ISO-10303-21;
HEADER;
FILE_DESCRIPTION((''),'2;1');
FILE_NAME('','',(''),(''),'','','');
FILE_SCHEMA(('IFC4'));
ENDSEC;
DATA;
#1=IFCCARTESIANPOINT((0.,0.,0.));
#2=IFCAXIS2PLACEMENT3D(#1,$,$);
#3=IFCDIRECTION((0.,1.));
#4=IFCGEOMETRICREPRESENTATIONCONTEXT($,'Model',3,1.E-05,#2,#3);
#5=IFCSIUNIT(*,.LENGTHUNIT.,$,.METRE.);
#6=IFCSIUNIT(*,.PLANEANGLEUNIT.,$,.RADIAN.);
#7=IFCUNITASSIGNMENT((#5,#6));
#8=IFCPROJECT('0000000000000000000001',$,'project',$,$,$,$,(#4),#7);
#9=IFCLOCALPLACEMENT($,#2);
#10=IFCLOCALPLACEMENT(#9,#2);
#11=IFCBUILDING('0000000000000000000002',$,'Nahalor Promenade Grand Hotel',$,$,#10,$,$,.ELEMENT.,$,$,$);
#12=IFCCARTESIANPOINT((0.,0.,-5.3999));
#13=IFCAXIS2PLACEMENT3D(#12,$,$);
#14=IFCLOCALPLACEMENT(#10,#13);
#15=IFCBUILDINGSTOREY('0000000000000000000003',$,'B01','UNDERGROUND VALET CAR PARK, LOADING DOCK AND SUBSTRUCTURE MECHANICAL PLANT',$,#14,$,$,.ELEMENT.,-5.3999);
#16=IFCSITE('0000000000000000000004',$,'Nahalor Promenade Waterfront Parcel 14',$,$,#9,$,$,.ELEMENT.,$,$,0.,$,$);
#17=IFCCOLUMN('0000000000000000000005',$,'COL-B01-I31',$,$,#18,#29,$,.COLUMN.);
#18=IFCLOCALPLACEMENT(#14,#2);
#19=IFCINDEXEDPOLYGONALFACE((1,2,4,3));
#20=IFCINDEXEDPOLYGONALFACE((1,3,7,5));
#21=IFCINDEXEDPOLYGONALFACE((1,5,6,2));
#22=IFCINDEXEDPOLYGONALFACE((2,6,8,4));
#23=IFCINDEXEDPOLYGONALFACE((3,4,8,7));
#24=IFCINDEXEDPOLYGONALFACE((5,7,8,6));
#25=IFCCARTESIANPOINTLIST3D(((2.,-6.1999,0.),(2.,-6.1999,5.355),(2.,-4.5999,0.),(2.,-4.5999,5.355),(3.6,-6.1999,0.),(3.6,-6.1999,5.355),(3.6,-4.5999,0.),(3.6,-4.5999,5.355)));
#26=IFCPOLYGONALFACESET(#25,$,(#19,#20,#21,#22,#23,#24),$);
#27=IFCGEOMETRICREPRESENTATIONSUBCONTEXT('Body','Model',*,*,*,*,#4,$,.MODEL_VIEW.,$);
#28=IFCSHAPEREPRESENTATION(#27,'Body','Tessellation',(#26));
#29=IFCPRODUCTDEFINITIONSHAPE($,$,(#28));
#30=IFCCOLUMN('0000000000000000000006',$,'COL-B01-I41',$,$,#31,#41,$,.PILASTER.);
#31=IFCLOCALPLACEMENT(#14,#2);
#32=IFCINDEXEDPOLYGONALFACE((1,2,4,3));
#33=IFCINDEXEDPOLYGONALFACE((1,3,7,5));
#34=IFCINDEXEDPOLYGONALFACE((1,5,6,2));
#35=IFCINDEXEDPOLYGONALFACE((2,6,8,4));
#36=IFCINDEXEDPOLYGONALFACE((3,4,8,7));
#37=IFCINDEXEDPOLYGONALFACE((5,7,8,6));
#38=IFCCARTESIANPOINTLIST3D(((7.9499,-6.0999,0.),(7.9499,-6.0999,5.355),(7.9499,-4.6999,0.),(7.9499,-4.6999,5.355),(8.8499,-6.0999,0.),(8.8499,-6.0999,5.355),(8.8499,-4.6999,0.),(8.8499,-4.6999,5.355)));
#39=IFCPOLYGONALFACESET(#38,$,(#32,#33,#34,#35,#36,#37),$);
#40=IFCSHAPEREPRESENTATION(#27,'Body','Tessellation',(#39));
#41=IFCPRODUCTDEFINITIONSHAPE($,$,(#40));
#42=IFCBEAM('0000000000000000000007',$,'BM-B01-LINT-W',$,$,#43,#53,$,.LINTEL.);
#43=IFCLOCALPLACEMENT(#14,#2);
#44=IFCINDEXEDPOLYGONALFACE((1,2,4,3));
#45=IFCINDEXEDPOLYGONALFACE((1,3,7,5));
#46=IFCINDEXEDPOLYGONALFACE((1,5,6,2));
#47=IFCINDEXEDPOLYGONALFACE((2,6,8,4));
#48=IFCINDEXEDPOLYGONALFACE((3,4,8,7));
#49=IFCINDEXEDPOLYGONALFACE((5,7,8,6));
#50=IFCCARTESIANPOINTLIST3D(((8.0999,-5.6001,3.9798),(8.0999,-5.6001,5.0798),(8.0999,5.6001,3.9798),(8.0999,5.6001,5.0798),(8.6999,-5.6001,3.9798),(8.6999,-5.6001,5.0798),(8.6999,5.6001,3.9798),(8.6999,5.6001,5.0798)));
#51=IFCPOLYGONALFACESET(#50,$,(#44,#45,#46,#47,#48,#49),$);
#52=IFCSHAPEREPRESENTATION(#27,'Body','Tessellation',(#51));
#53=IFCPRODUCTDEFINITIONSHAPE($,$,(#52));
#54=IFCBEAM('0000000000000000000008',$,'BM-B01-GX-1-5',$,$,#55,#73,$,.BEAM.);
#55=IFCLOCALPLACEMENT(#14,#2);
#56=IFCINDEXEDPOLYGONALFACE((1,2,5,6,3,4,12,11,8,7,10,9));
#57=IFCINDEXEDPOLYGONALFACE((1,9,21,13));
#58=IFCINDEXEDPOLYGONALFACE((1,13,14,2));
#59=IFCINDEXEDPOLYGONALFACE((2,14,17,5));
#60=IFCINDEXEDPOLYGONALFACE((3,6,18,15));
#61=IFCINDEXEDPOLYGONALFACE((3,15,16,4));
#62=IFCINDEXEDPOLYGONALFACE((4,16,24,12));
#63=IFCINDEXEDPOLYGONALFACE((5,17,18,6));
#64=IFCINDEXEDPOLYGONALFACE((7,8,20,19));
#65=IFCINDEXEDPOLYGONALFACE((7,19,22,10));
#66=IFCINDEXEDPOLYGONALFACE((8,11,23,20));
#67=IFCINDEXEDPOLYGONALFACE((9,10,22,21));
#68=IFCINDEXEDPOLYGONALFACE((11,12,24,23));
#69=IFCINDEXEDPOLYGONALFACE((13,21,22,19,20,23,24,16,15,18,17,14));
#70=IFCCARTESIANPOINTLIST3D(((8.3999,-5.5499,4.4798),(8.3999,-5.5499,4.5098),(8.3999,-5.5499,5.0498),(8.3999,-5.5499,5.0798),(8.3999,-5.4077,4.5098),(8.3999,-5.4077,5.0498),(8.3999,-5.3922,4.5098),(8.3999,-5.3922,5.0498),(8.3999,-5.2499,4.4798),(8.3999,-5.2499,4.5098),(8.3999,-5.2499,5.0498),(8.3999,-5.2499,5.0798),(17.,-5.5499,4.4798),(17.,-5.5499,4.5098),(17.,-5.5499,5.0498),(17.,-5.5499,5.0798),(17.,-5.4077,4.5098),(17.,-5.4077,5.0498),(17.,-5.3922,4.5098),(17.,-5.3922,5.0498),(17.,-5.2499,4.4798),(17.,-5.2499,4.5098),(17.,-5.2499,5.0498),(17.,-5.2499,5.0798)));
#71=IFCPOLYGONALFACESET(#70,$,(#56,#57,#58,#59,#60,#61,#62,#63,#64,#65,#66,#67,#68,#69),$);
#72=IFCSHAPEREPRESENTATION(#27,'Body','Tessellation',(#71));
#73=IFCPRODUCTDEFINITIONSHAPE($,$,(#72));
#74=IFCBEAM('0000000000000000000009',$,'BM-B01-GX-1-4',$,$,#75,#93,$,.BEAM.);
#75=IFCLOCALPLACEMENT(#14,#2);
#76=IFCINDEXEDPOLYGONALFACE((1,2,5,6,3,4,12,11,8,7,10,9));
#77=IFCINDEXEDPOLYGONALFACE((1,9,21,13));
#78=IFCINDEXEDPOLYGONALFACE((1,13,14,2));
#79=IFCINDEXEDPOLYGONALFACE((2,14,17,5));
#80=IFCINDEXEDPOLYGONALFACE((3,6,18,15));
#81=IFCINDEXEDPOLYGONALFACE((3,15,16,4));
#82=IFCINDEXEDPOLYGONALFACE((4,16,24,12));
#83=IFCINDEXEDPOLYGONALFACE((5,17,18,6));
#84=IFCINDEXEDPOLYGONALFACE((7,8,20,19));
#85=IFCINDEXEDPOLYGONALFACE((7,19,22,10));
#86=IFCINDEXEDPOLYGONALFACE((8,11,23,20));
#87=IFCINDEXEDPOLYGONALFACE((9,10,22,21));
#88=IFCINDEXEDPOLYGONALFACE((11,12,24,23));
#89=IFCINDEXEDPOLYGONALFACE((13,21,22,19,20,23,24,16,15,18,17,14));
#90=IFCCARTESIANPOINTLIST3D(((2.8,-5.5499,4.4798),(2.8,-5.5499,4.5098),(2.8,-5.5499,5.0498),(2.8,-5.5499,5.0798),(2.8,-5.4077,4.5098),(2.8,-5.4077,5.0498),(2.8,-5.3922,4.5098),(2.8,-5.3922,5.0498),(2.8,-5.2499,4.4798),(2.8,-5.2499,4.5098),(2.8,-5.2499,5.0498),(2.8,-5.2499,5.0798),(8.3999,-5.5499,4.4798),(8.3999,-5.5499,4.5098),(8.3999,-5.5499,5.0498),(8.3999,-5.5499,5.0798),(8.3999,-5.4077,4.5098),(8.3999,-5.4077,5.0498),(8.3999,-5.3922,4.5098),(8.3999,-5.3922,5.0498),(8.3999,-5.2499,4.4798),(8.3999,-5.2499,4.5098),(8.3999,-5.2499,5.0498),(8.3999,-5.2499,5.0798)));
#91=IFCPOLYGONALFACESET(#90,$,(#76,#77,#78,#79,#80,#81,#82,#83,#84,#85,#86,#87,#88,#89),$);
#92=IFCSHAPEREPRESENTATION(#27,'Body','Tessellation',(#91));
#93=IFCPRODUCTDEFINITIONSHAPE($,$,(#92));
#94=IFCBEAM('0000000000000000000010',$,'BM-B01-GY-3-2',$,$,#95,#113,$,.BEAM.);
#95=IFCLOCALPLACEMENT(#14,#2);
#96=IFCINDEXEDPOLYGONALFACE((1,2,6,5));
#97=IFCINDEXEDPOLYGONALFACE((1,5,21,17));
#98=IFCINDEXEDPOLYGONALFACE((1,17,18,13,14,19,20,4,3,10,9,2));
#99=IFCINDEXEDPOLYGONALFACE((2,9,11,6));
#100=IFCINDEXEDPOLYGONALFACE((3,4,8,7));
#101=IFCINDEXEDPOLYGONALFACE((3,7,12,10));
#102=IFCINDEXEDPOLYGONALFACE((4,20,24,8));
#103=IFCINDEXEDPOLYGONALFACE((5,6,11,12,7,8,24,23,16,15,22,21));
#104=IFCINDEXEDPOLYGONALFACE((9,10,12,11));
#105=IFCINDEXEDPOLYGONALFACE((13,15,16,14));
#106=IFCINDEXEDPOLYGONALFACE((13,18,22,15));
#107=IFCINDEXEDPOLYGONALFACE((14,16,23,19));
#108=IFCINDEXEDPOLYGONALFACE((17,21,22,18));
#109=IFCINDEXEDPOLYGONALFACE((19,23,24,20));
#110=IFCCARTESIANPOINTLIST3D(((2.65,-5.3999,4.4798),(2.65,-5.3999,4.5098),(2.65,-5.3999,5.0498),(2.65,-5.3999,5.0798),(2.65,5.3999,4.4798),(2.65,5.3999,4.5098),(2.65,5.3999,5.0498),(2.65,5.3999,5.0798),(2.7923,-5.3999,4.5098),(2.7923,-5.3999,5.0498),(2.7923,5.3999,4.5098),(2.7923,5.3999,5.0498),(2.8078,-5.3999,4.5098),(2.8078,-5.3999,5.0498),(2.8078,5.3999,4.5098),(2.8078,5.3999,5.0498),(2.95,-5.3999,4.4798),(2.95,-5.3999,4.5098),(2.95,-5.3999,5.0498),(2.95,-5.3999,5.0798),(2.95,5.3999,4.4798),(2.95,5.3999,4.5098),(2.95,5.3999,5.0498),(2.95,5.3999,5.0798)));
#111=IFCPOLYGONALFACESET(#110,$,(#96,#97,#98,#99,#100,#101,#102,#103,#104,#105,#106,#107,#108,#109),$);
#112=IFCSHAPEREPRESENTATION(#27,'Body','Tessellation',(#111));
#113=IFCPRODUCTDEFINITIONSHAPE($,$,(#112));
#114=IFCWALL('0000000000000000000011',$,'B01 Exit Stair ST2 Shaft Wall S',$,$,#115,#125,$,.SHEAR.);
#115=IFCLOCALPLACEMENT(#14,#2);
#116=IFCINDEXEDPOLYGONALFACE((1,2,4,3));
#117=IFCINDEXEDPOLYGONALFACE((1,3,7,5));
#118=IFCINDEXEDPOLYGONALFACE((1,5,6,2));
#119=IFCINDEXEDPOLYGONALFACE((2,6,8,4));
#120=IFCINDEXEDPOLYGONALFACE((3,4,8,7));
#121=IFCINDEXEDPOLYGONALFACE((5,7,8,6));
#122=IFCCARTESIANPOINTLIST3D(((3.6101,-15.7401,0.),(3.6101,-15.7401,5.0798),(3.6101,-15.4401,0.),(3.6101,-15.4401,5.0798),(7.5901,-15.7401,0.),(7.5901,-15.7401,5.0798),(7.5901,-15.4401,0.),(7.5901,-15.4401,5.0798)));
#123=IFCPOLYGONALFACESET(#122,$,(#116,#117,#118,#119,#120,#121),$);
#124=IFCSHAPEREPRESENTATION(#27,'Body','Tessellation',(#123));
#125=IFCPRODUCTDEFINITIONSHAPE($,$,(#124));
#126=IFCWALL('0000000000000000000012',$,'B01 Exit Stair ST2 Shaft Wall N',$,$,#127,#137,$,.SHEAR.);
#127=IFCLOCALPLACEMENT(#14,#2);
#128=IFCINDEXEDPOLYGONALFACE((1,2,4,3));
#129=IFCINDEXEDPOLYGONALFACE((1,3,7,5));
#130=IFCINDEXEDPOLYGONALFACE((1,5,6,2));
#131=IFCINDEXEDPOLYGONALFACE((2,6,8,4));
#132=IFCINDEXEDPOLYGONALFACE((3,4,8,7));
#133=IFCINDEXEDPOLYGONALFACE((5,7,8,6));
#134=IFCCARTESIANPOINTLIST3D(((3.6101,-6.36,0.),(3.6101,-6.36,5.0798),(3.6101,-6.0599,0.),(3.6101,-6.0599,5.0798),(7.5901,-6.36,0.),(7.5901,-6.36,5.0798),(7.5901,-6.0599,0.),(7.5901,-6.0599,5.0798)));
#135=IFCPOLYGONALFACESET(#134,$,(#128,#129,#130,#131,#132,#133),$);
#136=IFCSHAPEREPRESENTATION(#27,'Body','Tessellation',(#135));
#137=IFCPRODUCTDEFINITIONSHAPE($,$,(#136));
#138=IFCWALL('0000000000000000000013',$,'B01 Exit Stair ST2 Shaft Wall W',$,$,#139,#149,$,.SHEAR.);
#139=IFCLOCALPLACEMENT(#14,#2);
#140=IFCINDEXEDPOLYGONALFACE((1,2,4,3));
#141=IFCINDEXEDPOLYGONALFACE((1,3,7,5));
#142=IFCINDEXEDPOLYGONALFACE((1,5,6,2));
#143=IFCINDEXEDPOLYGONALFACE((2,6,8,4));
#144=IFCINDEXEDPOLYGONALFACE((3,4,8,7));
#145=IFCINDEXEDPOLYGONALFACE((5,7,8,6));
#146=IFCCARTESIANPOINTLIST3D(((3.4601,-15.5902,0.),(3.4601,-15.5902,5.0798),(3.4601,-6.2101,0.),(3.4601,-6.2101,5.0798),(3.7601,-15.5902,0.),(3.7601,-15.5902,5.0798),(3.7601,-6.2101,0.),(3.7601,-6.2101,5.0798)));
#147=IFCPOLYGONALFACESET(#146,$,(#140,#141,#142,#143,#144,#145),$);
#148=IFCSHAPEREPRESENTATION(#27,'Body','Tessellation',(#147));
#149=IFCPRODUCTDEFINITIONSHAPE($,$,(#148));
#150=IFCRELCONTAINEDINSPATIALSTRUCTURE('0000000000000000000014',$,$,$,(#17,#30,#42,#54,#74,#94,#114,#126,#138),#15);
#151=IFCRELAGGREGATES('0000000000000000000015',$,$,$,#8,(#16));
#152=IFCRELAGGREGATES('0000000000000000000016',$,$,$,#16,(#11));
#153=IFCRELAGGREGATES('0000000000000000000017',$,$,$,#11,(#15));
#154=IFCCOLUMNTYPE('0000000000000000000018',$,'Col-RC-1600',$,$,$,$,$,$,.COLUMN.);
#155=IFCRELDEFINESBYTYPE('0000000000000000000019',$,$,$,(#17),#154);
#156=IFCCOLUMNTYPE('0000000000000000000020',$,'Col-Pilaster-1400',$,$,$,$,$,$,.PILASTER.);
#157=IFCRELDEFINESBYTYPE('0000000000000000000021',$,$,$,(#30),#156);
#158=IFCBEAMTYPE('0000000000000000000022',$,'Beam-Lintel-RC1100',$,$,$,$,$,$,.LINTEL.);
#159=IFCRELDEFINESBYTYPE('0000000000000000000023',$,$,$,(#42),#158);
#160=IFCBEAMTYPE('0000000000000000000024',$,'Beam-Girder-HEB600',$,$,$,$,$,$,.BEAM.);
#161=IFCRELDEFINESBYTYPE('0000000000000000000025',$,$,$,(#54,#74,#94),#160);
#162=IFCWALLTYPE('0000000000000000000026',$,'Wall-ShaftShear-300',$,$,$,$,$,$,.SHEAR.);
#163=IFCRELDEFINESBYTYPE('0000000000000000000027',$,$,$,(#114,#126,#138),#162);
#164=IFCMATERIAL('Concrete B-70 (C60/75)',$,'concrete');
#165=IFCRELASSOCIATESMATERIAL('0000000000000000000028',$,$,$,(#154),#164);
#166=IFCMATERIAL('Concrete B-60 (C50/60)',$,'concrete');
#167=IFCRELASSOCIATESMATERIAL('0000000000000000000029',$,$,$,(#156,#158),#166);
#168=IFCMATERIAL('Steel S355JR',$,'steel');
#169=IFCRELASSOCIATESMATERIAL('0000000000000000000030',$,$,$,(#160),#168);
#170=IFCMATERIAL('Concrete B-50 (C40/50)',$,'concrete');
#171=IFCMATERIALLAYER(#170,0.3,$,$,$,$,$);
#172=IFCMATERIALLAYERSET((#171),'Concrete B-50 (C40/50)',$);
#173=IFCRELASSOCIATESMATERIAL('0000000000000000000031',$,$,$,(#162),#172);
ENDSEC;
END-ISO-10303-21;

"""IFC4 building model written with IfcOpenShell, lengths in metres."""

from ifc_helpers import new_model, si_unit, direction, frame, frame_2d, origin, origin_2d, place, context, subcontext, project, spatial, rectangle, i_section, extrude, source, transform, mapped, material, layer, layer_set, material_profile, profile_set, type_object, element, save


model = new_model("IFC4")

# Units and contexts
model_context = context("Model", 3, precision=1e-05, world=origin(), true_north=direction((0.0, 1.0)))
body_context = subcontext(model_context, "Body", "Model", "MODEL_VIEW")
ifc_project = project(units=[si_unit("LENGTHUNIT", "METRE"), si_unit("PLANEANGLEUNIT", "RADIAN")], contexts=[model_context])

# Site, building, storey
site_placement = place(None, origin())
site = spatial("IfcSite", under=ifc_project, at=site_placement, Name="Nahalor Promenade Waterfront Parcel 14", CompositionType="ELEMENT", RefElevation=0.0)
building_placement = place(site_placement, origin())
building = spatial("IfcBuilding", under=site, at=building_placement, Name="Nahalor Promenade Grand Hotel", CompositionType="ELEMENT")
storey_placement = place(building_placement, frame((0.0, 0.0, -5.3999)))
storey = spatial("IfcBuildingStorey", under=building, at=storey_placement, Name="B01", Description="UNDERGROUND VALET CAR PARK, LOADING DOCK AND SUBSTRUCTURE MECHANICAL PLANT", CompositionType="ELEMENT", Elevation=-5.3999)

# Columns
ifc_material_1 = material(Name="Concrete B-70 (C60/75)", Category="concrete")
ifc_material_profile_1 = material_profile(ifc_material_1, rectangle(XDim=1.6, YDim=1.6, at=origin_2d()), Name="RC 1600x1600")
ifc_profile_set_1 = profile_set([ifc_material_profile_1], Name="Concrete B-70 (C60/75)")
column_type_1 = type_object("IfcColumnType", Name="Col-RC-1600", PredefinedType="COLUMN", material=ifc_profile_set_1)
shared_shape_1 = source(origin(), body_context, "Body", "SweptSolid", [
    extrude(rectangle(XDim=1.6, YDim=1.6, at=origin_2d()), origin(), (0.0, 0.0, 1.0), 5.355),
])
column_1_placement = place(storey_placement, frame((2.8, -5.3999, 0.0), z_axis=(0.0, 0.0, 1.0), x_axis=(1.0, 0.0, 0.0)))
element("IfcColumn", 1, at=column_1_placement, inside=storey, type_object=column_type_1, Name="COL-B01-I31", PredefinedType="COLUMN", context=body_context, shape_type="MappedRepresentation", body=[
    mapped(shared_shape_1, transform((0.0, 0.0, 0.0), scale=1.0)),
])
ifc_material_2 = material(Name="Concrete B-60 (C50/60)", Category="concrete")
ifc_material_profile_2 = material_profile(ifc_material_2, rectangle(XDim=0.9, YDim=1.4, at=origin_2d()), Name="RC 900x1400")
ifc_profile_set_2 = profile_set([ifc_material_profile_2], Name="Concrete B-60 (C50/60)")
column_type_2 = type_object("IfcColumnType", Name="Col-Pilaster-1400", PredefinedType="PILASTER", material=ifc_profile_set_2)
shared_shape_2 = source(origin(), body_context, "Body", "SweptSolid", [
    extrude(rectangle(XDim=0.9, YDim=1.4, at=origin_2d()), origin(), (0.0, 0.0, 1.0), 5.355),
])
column_2_placement = place(storey_placement, frame((8.3999, -5.3999, 0.0), z_axis=(0.0, 0.0, 1.0), x_axis=(1.0, 0.0, 0.0)))
element("IfcColumn", 2, at=column_2_placement, inside=storey, type_object=column_type_2, Name="COL-B01-I41", PredefinedType="PILASTER", context=body_context, shape_type="MappedRepresentation", body=[
    mapped(shared_shape_2, transform((0.0, 0.0, 0.0), scale=1.0)),
])

# Beams
ifc_material_profile_3 = material_profile(ifc_material_2, rectangle(XDim=0.6, YDim=1.1, at=origin_2d()), Name="RC 600x1100")
ifc_profile_set_3 = profile_set([ifc_material_profile_3], Name="Concrete B-60 (C50/60)")
beam_type_1 = type_object("IfcBeamType", Name="Beam-Lintel-RC1100", PredefinedType="LINTEL", material=ifc_profile_set_3)
shared_shape_3 = source(origin(), body_context, "Body", "SweptSolid", [
    extrude(rectangle(XDim=0.6, YDim=1.1, at=origin_2d()), origin(), (0.0, 0.0, 1.0), 11.2002),
])
beam_1_placement = place(storey_placement, frame((8.3999, -5.6001, 4.5298), z_axis=(0.0, 1.0, 0.0), x_axis=(-1.0, 0.0, 0.0)))
element("IfcBeam", 3, at=beam_1_placement, inside=storey, type_object=beam_type_1, Name="BM-B01-LINT-W", PredefinedType="LINTEL", context=body_context, shape_type="MappedRepresentation", body=[
    mapped(shared_shape_3, transform((0.0, 0.0, 0.0), scale=1.0)),
])
ifc_material_3 = material(Name="Steel S355JR", Category="steel")
ifc_material_profile_4 = material_profile(ifc_material_3, i_section(OverallWidth=0.3, OverallDepth=0.6, WebThickness=0.0155, FlangeThickness=0.03, at=origin_2d()), Name="HEB 600")
ifc_profile_set_4 = profile_set([ifc_material_profile_4], Name="Steel S355JR")
beam_type_2 = type_object("IfcBeamType", Name="Beam-Girder-HEB600", PredefinedType="BEAM", material=ifc_profile_set_4)
shared_shape_4 = source(origin(), body_context, "Body", "SweptSolid", [
    extrude(i_section(OverallWidth=0.3, OverallDepth=0.6, WebThickness=0.0155, FlangeThickness=0.03, at=origin_2d()), origin(), (0.0, 0.0, 1.0), 8.6001),
])
beam_2_placement = place(storey_placement, frame((8.3999, -5.3999, 4.7798), z_axis=(1.0, 0.0, 0.0), x_axis=(0.0, 1.0, 0.0)))
element("IfcBeam", 4, at=beam_2_placement, inside=storey, type_object=beam_type_2, Name="BM-B01-GX-1-5", PredefinedType="BEAM", context=body_context, shape_type="MappedRepresentation", body=[
    mapped(shared_shape_4, transform((0.0, 0.0, 0.0), scale=1.0)),
])
shared_shape_5 = source(origin(), body_context, "Body", "SweptSolid", [
    extrude(i_section(OverallWidth=0.3, OverallDepth=0.6, WebThickness=0.0155, FlangeThickness=0.03, at=origin_2d()), origin(), (0.0, 0.0, 1.0), 5.5999),
])
beam_3_placement = place(storey_placement, frame((2.8, -5.3999, 4.7798), z_axis=(1.0, 0.0, 0.0), x_axis=(0.0, 1.0, 0.0)))
element("IfcBeam", 5, at=beam_3_placement, inside=storey, type_object=beam_type_2, Name="BM-B01-GX-1-4", PredefinedType="BEAM", context=body_context, shape_type="MappedRepresentation", body=[
    mapped(shared_shape_5, transform((0.0, 0.0, 0.0), scale=1.0)),
])
shared_shape_6 = source(origin(), body_context, "Body", "SweptSolid", [
    extrude(i_section(OverallWidth=0.3, OverallDepth=0.6, WebThickness=0.0155, FlangeThickness=0.03, at=origin_2d()), origin(), (0.0, 0.0, 1.0), 10.7998),
])
beam_4_placement = place(storey_placement, frame((2.8, -5.3999, 4.7798), z_axis=(0.0, 1.0, 0.0), x_axis=(-1.0, 0.0, 0.0)))
element("IfcBeam", 6, at=beam_4_placement, inside=storey, type_object=beam_type_2, Name="BM-B01-GY-3-2", PredefinedType="BEAM", context=body_context, shape_type="MappedRepresentation", body=[
    mapped(shared_shape_6, transform((0.0, 0.0, 0.0), scale=1.0)),
])

# Walls
ifc_material_4 = material(Name="Concrete B-50 (C40/50)", Category="concrete")
ifc_layer_1 = layer(ifc_material_4, 0.3)
ifc_layer_set_1 = layer_set([ifc_layer_1], Name="Concrete B-50 (C40/50)")
wall_type_1 = type_object("IfcWallType", Name="Wall-ShaftShear-300", PredefinedType="SHEAR", material=ifc_layer_set_1)
shared_shape_7 = source(origin(), body_context, "Body", "SweptSolid", [
    extrude(rectangle(XDim=3.98, YDim=0.3, at=frame_2d((1.99, 0.0))), origin(), (0.0, 0.0, 1.0), 5.0798),
])
for number, where, z_axis, x_axis, name in (
    (7, (3.6101, -15.5901, 0.0), (0.0, 0.0, 1.0), (1.0, 0.0, 0.0), "B01 Exit Stair ST2 Shaft Wall S"),
    (8, (3.6101, -6.21, 0.0), (0.0, 0.0, 1.0), (1.0, 0.0, 0.0), "B01 Exit Stair ST2 Shaft Wall N"),
):
    element("IfcWall", number, at=place(storey_placement, frame(where, z_axis=z_axis, x_axis=x_axis)), inside=storey, type_object=wall_type_1, Name=name, PredefinedType="SHEAR", context=body_context, shape_type="MappedRepresentation", body=[
        mapped(shared_shape_7, transform((0.0, 0.0, 0.0), scale=1.0)),
    ])
shared_shape_8 = source(origin(), body_context, "Body", "SweptSolid", [
    extrude(rectangle(XDim=9.3801, YDim=0.3, at=frame_2d((4.6899, 0.0))), origin(), (0.0, 0.0, 1.0), 5.0798),
])
wall_1_placement = place(storey_placement, frame((3.6101, -15.5901, 0.0), z_axis=(0.0, 0.0, 1.0), x_axis=(0.0, 1.0, 0.0)))
element("IfcWall", 9, at=wall_1_placement, inside=storey, type_object=wall_type_1, Name="B01 Exit Stair ST2 Shaft Wall W", PredefinedType="SHEAR", context=body_context, shape_type="MappedRepresentation", body=[
    mapped(shared_shape_8, transform((0.0, 0.0, 0.0), scale=1.0)),
])

save(model, "model.ifc")
